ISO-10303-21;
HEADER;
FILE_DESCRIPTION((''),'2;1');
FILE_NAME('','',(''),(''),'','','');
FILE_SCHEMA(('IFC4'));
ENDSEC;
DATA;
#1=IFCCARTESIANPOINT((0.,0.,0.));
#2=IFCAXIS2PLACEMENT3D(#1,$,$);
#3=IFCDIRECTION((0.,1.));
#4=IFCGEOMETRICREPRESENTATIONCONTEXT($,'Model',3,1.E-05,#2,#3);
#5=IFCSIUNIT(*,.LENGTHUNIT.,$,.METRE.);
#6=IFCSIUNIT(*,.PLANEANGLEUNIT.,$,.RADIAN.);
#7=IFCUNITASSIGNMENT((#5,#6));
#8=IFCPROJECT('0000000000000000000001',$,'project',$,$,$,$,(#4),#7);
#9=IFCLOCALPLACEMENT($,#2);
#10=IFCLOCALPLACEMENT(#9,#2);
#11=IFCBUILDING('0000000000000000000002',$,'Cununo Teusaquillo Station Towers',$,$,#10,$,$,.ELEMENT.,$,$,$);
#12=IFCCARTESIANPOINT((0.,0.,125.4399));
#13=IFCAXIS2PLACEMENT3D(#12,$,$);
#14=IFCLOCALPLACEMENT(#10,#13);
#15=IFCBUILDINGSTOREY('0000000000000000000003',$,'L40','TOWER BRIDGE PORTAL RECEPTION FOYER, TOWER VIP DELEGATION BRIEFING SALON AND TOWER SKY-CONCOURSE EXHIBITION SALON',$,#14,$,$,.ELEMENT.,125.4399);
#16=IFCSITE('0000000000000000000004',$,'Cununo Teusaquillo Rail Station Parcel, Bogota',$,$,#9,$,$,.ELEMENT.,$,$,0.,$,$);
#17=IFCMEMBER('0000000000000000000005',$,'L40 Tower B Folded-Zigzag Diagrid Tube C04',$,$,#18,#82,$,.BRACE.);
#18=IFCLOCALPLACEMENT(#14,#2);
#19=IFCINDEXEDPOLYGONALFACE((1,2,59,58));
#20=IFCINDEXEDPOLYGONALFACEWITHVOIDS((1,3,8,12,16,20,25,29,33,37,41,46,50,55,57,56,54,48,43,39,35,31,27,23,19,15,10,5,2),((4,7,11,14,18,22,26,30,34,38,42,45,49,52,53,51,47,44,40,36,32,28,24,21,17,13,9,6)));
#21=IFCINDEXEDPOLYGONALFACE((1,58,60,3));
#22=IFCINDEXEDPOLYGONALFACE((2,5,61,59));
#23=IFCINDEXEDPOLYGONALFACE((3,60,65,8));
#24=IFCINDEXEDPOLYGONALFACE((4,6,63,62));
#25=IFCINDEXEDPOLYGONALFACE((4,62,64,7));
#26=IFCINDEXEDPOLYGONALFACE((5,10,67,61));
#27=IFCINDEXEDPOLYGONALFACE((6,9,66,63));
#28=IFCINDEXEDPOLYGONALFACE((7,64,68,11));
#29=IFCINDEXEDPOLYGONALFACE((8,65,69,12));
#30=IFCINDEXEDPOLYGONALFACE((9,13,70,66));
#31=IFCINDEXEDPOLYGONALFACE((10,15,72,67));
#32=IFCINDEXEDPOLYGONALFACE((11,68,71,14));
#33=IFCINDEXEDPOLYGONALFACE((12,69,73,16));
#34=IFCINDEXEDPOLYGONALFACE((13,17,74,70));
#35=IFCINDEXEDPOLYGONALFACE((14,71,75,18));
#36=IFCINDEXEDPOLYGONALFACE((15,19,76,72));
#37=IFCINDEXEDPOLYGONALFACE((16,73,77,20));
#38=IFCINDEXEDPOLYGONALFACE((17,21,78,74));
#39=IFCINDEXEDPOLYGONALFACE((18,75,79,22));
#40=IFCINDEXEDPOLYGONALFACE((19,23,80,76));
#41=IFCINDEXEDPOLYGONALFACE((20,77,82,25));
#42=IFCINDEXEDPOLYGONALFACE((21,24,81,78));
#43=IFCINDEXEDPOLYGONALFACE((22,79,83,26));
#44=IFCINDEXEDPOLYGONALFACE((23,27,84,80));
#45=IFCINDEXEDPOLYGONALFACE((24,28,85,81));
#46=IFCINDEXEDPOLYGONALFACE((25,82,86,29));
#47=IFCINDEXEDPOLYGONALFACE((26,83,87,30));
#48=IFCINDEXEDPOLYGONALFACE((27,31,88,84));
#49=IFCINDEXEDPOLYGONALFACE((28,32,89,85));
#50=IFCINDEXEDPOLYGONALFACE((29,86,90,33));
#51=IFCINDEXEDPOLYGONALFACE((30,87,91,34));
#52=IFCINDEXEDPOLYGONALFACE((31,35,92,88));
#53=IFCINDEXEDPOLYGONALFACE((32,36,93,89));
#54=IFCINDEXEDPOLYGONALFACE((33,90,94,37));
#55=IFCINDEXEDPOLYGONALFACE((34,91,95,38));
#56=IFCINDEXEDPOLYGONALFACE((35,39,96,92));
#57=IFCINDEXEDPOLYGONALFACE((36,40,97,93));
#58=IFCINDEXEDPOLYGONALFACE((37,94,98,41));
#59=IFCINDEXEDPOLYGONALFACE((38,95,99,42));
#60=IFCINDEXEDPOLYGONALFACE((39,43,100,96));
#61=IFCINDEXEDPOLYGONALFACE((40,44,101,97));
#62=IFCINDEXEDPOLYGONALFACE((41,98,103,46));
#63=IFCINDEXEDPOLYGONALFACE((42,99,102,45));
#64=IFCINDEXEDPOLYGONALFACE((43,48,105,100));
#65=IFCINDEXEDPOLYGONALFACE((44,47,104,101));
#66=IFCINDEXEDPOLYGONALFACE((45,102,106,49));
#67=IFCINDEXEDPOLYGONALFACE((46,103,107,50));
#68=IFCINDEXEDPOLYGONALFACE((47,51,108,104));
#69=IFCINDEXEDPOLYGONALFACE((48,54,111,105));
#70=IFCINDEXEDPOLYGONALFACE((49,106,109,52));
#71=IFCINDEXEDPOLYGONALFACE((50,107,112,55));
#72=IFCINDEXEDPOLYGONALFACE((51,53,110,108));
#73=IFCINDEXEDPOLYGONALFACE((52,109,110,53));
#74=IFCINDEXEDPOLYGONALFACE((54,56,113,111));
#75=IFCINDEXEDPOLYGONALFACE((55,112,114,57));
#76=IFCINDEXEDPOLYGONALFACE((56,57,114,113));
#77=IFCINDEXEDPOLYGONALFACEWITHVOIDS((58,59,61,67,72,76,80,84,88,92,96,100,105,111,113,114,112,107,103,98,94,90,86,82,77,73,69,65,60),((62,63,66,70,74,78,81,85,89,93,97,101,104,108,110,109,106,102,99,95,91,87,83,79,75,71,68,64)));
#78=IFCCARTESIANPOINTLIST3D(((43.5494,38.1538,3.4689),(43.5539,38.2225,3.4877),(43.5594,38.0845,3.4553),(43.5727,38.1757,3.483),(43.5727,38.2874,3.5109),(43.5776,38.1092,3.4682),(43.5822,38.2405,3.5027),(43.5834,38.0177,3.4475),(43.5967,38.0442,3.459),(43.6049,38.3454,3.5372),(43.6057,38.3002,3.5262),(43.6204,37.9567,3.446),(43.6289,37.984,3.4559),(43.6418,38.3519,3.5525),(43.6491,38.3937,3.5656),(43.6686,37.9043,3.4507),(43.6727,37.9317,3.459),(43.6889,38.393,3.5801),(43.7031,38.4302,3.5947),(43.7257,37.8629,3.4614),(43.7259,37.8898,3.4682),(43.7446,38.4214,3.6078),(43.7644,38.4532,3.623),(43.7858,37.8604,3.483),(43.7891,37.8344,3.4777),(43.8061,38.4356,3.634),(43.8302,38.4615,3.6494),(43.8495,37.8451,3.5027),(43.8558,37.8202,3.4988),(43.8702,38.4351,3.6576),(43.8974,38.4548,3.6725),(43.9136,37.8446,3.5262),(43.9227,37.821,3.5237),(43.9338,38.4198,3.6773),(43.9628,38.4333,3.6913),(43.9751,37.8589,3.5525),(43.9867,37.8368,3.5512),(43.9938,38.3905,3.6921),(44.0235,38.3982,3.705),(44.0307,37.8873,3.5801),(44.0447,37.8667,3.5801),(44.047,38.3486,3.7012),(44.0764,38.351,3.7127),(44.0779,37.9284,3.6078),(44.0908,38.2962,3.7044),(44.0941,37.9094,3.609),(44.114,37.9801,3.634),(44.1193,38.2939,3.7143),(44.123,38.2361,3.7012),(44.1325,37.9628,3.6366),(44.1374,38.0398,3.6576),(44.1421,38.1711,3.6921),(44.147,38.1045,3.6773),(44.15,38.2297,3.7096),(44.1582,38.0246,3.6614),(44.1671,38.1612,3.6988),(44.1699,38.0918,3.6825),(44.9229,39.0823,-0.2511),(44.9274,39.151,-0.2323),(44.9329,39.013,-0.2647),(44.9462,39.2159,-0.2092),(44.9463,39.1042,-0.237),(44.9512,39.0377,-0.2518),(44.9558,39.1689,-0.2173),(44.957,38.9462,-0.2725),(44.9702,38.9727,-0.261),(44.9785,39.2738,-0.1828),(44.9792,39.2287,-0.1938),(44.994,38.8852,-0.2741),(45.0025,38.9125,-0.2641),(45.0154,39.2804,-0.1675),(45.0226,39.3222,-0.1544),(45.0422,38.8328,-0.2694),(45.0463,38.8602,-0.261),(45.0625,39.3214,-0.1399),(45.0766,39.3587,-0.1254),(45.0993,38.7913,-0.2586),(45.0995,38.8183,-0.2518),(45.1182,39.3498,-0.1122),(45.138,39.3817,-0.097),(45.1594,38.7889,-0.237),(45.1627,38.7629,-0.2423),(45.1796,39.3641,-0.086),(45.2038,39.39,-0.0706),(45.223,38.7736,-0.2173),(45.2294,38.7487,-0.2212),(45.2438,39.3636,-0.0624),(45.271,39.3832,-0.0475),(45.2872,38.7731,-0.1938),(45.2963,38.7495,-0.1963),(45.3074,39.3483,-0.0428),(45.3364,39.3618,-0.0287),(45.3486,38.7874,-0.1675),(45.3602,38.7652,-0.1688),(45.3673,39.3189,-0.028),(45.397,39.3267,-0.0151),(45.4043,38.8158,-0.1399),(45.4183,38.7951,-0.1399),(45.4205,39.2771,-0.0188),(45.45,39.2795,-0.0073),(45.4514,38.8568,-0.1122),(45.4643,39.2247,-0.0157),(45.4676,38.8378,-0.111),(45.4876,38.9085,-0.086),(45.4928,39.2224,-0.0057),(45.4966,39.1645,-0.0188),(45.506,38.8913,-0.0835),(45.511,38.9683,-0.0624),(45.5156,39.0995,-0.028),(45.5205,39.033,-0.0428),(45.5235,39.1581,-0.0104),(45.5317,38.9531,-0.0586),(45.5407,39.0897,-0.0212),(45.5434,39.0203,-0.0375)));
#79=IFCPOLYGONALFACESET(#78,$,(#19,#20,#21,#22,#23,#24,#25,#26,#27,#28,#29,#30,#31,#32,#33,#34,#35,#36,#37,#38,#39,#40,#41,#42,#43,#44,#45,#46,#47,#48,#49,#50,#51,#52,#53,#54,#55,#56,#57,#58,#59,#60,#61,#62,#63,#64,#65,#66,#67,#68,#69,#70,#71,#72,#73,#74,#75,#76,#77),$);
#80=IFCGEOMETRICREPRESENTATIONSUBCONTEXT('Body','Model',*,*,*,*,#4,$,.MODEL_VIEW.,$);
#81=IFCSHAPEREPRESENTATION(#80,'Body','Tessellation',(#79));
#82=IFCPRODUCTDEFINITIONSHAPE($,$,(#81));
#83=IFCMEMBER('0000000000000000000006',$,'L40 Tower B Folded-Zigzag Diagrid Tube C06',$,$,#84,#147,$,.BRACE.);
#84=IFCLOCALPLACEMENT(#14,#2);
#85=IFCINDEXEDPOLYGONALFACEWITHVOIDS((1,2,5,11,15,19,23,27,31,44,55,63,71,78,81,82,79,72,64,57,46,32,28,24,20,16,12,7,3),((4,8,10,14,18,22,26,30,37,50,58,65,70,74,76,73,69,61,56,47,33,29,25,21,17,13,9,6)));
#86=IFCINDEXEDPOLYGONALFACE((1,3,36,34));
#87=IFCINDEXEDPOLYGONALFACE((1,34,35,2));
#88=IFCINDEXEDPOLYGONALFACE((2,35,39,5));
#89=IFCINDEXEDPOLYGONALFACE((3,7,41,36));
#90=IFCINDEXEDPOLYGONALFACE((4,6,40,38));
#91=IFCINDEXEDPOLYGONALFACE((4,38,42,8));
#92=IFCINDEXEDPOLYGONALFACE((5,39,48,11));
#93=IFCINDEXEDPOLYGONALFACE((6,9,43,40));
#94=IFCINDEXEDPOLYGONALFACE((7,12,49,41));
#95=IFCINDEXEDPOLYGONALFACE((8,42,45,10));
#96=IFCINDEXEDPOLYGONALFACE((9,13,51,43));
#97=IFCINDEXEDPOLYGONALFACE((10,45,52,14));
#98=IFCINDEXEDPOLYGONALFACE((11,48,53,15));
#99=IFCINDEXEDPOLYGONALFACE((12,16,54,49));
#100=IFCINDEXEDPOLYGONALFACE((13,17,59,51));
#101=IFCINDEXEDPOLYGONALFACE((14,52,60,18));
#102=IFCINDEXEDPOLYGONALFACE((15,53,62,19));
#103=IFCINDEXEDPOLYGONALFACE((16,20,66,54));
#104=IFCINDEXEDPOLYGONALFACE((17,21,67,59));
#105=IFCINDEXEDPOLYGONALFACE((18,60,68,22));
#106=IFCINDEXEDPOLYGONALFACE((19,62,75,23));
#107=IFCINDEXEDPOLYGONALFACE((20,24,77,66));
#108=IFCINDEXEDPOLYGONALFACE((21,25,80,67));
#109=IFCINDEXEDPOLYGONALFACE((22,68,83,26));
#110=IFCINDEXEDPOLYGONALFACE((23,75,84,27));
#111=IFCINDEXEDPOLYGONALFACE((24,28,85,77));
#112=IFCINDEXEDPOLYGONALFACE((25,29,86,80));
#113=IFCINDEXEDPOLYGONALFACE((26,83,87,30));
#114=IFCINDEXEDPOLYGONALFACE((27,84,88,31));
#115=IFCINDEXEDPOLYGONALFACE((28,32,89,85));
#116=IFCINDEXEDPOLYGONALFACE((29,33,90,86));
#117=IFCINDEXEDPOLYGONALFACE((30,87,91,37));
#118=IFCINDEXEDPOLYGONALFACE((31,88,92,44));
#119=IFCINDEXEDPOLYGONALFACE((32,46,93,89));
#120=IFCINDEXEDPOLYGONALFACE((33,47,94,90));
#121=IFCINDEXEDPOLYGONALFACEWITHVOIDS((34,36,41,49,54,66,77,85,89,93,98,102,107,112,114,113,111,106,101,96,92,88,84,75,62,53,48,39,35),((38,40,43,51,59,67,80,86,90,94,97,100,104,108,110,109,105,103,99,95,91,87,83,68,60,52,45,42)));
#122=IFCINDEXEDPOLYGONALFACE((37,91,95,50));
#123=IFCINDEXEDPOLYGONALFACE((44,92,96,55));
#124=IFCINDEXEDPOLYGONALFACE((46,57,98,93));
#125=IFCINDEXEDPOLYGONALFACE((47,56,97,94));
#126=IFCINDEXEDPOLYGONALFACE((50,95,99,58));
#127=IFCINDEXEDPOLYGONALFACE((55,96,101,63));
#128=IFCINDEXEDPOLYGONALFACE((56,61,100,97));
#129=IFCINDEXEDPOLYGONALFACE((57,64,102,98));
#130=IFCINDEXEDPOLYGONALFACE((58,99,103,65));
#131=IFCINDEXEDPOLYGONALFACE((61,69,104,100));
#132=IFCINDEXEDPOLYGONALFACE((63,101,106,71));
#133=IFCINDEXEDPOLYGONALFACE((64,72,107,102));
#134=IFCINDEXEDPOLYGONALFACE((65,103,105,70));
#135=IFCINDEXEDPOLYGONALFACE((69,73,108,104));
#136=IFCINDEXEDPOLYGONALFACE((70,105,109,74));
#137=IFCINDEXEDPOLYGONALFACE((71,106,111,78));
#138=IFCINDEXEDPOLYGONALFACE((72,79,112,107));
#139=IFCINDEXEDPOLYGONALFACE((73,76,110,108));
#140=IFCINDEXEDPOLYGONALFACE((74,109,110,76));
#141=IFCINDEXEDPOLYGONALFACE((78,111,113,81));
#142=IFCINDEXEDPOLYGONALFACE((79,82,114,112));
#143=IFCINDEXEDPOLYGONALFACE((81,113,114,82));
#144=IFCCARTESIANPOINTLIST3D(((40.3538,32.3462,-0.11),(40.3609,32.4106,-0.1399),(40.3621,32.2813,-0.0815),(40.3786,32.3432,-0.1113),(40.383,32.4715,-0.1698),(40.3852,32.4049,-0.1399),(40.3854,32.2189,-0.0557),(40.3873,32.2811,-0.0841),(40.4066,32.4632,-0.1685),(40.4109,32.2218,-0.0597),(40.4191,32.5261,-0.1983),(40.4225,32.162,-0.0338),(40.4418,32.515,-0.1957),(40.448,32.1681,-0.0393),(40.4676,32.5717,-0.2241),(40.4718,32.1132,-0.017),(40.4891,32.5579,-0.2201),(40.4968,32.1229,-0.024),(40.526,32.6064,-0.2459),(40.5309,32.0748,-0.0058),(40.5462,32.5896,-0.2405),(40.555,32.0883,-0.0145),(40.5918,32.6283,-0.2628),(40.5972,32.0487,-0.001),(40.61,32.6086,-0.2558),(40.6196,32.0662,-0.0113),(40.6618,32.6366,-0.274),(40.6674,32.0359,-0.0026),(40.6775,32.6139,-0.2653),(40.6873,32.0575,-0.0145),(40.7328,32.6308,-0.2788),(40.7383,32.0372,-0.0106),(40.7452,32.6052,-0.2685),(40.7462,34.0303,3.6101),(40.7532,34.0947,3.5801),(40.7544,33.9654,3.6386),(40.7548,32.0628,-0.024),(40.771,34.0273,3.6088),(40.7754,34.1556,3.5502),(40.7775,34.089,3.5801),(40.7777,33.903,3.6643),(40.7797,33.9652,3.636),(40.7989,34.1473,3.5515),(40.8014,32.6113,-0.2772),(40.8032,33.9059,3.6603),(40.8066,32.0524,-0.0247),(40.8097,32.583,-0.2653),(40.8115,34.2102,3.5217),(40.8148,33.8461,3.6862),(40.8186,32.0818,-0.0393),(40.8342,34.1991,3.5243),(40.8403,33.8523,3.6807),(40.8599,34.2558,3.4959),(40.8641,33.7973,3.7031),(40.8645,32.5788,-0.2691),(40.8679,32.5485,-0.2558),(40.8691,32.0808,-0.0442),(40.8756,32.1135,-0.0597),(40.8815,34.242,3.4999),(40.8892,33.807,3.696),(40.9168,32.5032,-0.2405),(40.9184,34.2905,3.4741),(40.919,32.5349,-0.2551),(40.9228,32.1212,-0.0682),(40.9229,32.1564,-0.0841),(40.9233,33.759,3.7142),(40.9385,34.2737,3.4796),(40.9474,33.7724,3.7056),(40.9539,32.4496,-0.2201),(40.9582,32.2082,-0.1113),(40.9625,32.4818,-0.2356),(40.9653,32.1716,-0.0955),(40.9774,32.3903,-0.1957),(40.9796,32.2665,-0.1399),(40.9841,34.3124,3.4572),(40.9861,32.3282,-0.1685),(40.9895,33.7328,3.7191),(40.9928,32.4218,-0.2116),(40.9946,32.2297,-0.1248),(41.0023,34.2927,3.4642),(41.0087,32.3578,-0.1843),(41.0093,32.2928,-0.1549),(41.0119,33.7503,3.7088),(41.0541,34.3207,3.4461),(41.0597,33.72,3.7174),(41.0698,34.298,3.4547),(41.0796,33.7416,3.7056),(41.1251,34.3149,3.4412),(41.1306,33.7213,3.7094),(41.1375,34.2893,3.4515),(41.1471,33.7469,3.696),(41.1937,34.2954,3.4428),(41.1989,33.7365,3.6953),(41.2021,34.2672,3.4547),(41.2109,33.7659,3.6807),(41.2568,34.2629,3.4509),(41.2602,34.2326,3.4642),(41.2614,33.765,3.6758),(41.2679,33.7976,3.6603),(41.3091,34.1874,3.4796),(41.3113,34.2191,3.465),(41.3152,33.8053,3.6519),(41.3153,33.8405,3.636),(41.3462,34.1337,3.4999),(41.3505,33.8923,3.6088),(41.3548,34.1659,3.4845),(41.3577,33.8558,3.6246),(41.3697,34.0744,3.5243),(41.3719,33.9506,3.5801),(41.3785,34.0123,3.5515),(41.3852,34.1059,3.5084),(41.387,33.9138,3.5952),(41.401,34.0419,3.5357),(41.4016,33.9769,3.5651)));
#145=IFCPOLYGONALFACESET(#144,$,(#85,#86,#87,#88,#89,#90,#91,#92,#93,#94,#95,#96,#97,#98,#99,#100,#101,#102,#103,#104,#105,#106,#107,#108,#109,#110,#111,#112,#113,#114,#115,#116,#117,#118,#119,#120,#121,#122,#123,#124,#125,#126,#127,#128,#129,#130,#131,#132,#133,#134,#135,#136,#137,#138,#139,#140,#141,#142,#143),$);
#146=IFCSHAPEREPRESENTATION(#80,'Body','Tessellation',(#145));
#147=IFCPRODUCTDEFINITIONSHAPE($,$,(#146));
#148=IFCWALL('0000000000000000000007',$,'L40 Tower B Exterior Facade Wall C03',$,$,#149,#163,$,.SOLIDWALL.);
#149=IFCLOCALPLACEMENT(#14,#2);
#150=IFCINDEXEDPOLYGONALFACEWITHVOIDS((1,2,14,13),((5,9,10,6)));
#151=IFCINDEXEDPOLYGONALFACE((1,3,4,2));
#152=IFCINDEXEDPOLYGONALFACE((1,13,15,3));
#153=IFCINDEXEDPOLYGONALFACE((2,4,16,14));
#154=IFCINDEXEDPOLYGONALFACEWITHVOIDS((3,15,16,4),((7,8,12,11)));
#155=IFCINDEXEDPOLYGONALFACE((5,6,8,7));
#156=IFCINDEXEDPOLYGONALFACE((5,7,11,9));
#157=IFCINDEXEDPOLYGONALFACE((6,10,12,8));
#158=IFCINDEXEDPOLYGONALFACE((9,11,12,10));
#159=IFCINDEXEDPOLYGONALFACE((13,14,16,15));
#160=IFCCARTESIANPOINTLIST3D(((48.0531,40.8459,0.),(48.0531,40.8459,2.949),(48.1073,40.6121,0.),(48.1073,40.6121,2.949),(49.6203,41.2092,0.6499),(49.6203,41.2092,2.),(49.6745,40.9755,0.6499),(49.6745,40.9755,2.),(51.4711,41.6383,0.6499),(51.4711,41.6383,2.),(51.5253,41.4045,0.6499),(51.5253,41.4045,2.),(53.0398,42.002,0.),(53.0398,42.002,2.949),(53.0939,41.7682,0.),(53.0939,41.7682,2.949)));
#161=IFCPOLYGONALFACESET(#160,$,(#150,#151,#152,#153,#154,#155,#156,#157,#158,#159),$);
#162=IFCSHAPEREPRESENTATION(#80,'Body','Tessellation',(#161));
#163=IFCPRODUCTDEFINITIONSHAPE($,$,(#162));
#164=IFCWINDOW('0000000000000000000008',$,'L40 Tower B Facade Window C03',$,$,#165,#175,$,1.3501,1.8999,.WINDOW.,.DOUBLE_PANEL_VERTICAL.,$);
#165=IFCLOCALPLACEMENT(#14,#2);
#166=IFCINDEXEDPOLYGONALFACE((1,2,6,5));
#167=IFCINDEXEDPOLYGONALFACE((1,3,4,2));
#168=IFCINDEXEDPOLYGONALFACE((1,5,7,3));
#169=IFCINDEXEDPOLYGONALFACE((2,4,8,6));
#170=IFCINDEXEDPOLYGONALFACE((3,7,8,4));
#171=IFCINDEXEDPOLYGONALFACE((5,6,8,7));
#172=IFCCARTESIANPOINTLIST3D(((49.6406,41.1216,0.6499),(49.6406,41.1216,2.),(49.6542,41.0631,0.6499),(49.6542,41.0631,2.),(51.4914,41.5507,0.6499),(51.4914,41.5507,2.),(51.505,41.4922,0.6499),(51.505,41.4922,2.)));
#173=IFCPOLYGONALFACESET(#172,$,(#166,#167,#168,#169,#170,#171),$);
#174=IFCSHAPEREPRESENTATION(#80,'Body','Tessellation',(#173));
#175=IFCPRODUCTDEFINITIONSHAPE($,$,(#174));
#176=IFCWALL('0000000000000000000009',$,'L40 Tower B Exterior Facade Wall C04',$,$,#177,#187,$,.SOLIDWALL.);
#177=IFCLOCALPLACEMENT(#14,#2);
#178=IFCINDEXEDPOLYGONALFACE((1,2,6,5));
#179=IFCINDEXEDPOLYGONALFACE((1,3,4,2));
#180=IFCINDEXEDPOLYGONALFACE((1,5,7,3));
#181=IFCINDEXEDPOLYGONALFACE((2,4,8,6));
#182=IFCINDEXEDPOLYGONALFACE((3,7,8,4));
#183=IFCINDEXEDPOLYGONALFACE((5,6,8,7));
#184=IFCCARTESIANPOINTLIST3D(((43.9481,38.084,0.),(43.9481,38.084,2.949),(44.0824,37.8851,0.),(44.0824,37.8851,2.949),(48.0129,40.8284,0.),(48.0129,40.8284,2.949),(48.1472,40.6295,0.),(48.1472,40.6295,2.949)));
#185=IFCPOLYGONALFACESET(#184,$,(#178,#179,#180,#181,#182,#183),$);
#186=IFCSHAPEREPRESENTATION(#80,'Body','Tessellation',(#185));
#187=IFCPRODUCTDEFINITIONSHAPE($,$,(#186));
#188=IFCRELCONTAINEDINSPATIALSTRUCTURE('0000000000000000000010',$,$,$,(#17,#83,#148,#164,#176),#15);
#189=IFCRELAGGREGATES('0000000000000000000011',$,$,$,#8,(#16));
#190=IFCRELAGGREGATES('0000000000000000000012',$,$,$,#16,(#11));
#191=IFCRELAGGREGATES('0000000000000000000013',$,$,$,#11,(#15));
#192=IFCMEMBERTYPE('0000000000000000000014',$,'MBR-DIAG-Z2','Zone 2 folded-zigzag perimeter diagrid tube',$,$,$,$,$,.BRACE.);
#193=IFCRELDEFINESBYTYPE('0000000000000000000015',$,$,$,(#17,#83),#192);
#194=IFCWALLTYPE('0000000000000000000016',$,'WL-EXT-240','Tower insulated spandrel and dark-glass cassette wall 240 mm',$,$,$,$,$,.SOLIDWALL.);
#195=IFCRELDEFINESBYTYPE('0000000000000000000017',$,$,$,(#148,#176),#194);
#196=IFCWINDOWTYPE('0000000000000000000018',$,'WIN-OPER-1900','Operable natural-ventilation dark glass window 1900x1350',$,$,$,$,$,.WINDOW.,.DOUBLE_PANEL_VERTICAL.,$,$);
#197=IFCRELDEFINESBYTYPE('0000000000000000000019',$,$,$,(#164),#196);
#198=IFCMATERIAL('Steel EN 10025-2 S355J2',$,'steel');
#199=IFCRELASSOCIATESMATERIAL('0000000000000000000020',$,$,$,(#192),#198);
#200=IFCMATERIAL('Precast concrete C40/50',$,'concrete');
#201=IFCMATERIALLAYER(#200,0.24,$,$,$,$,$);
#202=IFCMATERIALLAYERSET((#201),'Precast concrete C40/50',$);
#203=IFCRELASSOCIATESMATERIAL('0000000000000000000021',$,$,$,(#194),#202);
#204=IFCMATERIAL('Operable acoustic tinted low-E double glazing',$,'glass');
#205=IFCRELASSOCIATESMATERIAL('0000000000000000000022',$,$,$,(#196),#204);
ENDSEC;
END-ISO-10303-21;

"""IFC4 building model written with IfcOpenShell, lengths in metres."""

from ifc_helpers import new_model, si_unit, direction, frame, frame_2d, origin, origin_2d, place, context, subcontext, project, spatial, rectangle, hollow_circle, extrude, source, transform, mapped, material, layer, layer_set, material_profile, profile_set, type_object, element, fill, save


model = new_model("IFC4")

# Units and contexts
model_context = context("Model", 3, precision=1e-05, world=origin(), true_north=direction((0.0, 1.0)))
body_context = subcontext(model_context, "Body", "Model", "MODEL_VIEW")
ifc_project = project(units=[si_unit("LENGTHUNIT", "METRE"), si_unit("PLANEANGLEUNIT", "RADIAN")], contexts=[model_context])

# Site, building, storey
site_placement = place(None, origin())
site = spatial("IfcSite", under=ifc_project, at=site_placement, Name="Cununo Teusaquillo Rail Station Parcel, Bogota", CompositionType="ELEMENT", RefElevation=0.0)
building_placement = place(site_placement, origin())
building = spatial("IfcBuilding", under=site, at=building_placement, Name="Cununo Teusaquillo Station Towers", CompositionType="ELEMENT")
storey_placement = place(building_placement, frame((0.0, 0.0, 125.4399)))
storey = spatial("IfcBuildingStorey", under=building, at=storey_placement, Name="L40", Description="TOWER BRIDGE PORTAL RECEPTION FOYER, TOWER VIP DELEGATION BRIEFING SALON AND TOWER SKY-CONCOURSE EXHIBITION SALON", CompositionType="ELEMENT", Elevation=125.4399)

# Members
ifc_material_1 = material(Name="Steel EN 10025-2 S355J2", Category="steel")
ifc_material_profile_1 = material_profile(ifc_material_1, hollow_circle(Radius=0.3301, WallThickness=0.0249, at=origin_2d()), Name="CHS 660x25")
ifc_profile_set_1 = profile_set([ifc_material_profile_1], Name="Steel EN 10025-2 S355J2")
member_type = type_object("IfcMemberType", Name="MBR-DIAG-Z2", Description="Zone 2 folded-zigzag perimeter diagrid tube", PredefinedType="BRACE", material=ifc_profile_set_1)
member_1_placement = place(storey_placement, frame((45.2334, 39.0686, -0.1399), z_axis=(-0.337255, -0.227974, 0.913393), x_axis=(0.560024, -0.828476, 0.0)))
element("IfcMember", 1, at=member_1_placement, inside=storey, type_object=member_type, Name="L40 Tower B Folded-Zigzag Diagrid Tube C04", PredefinedType="BRACE", context=body_context, shape_type="SweptSolid", body=[
    extrude(hollow_circle(Radius=0.3301, WallThickness=0.0249, at=origin_2d()), origin(), (0.0, 0.0, 1.0), 4.0728),
])
member_2_placement = place(storey_placement, frame((40.6824, 32.3357, -0.1399), z_axis=(0.095639, 0.410529, 0.906818), x_axis=(-0.97392, 0.22689, 0.0)))
element("IfcMember", 2, at=member_2_placement, inside=storey, type_object=member_type, Name="L40 Tower B Folded-Zigzag Diagrid Tube C06", PredefinedType="BRACE", context=body_context, shape_type="SweptSolid", body=[
    extrude(hollow_circle(Radius=0.3301, WallThickness=0.0249, at=origin_2d()), origin(), (0.0, 0.0, 1.0), 4.1023),
])

# Wall, opening, window
ifc_material_2 = material(Name="Precast concrete C40/50", Category="concrete")
ifc_layer_1 = layer(ifc_material_2, 0.24)
ifc_layer_set_1 = layer_set([ifc_layer_1], Name="Precast concrete C40/50")
wall_type_1 = type_object("IfcWallType", Name="WL-EXT-240", Description="Tower insulated spandrel and dark-glass cassette wall 240 mm", PredefinedType="SOLIDWALL", material=ifc_layer_set_1)
wall_1_placement = place(storey_placement, frame((48.0801, 40.729, 0.0), z_axis=(0.0, 0.0, 1.0), x_axis=(0.974166, 0.225835, 0.0)))
wall_1 = element("IfcWall", 3, at=wall_1_placement, inside=storey, type_object=wall_type_1, Name="L40 Tower B Exterior Facade Wall C03", PredefinedType="SOLIDWALL", context=body_context, shape_type="SweptSolid", body=[
    extrude(rectangle(XDim=5.1189, YDim=0.24, at=frame_2d((2.5596, 0.0))), origin(), (0.0, 0.0, 1.0), 2.949),
])
shared_shape_1 = source(origin(), body_context, "Body", "SweptSolid", [
    extrude(rectangle(XDim=1.8999, YDim=1.3501, at=frame_2d((0.95, 0.675))), frame((0.0, 0.1299, 0.0), z_axis=(0.0, -1.0, 0.0), x_axis=(1.0, 0.0, 0.0)), (0.0, 0.0, 1.0), 0.26),
])
opening_1_placement = place(wall_1_placement, frame((1.6089, 0.0, 0.6499)))
opening_1 = element("IfcOpeningElement", 4, at=opening_1_placement, cuts=wall_1, PredefinedType="OPENING", context=body_context, shape_type="MappedRepresentation", body=[
    mapped(shared_shape_1, transform((0.0, 0.0, 0.0), x_axis=(1.0, 0.0, 0.0), y_axis=(0.0, 1.0, 0.0), z_axis=(0.0, 0.0, 1.0), scale=1.0)),
])
ifc_material_3 = material(Name="Operable acoustic tinted low-E double glazing", Category="glass")
window_type_1 = type_object("IfcWindowType", Name="WIN-OPER-1900", Description="Operable natural-ventilation dark glass window 1900x1350", PartitioningType="DOUBLE_PANEL_VERTICAL", PredefinedType="WINDOW", material=ifc_material_3)
shared_shape_2 = source(origin(), body_context, "Body", "SweptSolid", [
    extrude(rectangle(XDim=1.8999, YDim=1.3501, at=frame_2d((0.95, 0.675))), frame((0.0, 0.03, 0.0), z_axis=(0.0, -1.0, 0.0), x_axis=(1.0, 0.0, 0.0)), (0.0, 0.0, 1.0), 0.0601),
])
window_1_placement = place(opening_1_placement, origin())
window_1 = element("IfcWindow", 5, at=window_1_placement, inside=storey, type_object=window_type_1, Name="L40 Tower B Facade Window C03", OverallHeight=1.3501, OverallWidth=1.8999, PartitioningType="DOUBLE_PANEL_VERTICAL", PredefinedType="WINDOW", context=body_context, shape_type="MappedRepresentation", body=[
    mapped(shared_shape_2, transform((0.0, 0.0, 0.0), x_axis=(1.0, 0.0, 0.0), y_axis=(0.0, 1.0, 0.0), z_axis=(0.0, 0.0, 1.0), scale=1.0)),
])
fill(opening_1, window_1)

# Wall
wall_2_placement = place(storey_placement, frame((44.0154, 37.9846, 0.0), z_axis=(0.0, 0.0, 1.0), x_axis=(0.828781, 0.559573, 0.0)))
element("IfcWall", 6, at=wall_2_placement, inside=storey, type_object=wall_type_1, Name="L40 Tower B Exterior Facade Wall C04", PredefinedType="SOLIDWALL", context=body_context, shape_type="SweptSolid", body=[
    extrude(rectangle(XDim=4.9045, YDim=0.24, at=frame_2d((2.4521, 0.0))), origin(), (0.0, 0.0, 1.0), 2.949),
])

save(model, "model.ifc")
